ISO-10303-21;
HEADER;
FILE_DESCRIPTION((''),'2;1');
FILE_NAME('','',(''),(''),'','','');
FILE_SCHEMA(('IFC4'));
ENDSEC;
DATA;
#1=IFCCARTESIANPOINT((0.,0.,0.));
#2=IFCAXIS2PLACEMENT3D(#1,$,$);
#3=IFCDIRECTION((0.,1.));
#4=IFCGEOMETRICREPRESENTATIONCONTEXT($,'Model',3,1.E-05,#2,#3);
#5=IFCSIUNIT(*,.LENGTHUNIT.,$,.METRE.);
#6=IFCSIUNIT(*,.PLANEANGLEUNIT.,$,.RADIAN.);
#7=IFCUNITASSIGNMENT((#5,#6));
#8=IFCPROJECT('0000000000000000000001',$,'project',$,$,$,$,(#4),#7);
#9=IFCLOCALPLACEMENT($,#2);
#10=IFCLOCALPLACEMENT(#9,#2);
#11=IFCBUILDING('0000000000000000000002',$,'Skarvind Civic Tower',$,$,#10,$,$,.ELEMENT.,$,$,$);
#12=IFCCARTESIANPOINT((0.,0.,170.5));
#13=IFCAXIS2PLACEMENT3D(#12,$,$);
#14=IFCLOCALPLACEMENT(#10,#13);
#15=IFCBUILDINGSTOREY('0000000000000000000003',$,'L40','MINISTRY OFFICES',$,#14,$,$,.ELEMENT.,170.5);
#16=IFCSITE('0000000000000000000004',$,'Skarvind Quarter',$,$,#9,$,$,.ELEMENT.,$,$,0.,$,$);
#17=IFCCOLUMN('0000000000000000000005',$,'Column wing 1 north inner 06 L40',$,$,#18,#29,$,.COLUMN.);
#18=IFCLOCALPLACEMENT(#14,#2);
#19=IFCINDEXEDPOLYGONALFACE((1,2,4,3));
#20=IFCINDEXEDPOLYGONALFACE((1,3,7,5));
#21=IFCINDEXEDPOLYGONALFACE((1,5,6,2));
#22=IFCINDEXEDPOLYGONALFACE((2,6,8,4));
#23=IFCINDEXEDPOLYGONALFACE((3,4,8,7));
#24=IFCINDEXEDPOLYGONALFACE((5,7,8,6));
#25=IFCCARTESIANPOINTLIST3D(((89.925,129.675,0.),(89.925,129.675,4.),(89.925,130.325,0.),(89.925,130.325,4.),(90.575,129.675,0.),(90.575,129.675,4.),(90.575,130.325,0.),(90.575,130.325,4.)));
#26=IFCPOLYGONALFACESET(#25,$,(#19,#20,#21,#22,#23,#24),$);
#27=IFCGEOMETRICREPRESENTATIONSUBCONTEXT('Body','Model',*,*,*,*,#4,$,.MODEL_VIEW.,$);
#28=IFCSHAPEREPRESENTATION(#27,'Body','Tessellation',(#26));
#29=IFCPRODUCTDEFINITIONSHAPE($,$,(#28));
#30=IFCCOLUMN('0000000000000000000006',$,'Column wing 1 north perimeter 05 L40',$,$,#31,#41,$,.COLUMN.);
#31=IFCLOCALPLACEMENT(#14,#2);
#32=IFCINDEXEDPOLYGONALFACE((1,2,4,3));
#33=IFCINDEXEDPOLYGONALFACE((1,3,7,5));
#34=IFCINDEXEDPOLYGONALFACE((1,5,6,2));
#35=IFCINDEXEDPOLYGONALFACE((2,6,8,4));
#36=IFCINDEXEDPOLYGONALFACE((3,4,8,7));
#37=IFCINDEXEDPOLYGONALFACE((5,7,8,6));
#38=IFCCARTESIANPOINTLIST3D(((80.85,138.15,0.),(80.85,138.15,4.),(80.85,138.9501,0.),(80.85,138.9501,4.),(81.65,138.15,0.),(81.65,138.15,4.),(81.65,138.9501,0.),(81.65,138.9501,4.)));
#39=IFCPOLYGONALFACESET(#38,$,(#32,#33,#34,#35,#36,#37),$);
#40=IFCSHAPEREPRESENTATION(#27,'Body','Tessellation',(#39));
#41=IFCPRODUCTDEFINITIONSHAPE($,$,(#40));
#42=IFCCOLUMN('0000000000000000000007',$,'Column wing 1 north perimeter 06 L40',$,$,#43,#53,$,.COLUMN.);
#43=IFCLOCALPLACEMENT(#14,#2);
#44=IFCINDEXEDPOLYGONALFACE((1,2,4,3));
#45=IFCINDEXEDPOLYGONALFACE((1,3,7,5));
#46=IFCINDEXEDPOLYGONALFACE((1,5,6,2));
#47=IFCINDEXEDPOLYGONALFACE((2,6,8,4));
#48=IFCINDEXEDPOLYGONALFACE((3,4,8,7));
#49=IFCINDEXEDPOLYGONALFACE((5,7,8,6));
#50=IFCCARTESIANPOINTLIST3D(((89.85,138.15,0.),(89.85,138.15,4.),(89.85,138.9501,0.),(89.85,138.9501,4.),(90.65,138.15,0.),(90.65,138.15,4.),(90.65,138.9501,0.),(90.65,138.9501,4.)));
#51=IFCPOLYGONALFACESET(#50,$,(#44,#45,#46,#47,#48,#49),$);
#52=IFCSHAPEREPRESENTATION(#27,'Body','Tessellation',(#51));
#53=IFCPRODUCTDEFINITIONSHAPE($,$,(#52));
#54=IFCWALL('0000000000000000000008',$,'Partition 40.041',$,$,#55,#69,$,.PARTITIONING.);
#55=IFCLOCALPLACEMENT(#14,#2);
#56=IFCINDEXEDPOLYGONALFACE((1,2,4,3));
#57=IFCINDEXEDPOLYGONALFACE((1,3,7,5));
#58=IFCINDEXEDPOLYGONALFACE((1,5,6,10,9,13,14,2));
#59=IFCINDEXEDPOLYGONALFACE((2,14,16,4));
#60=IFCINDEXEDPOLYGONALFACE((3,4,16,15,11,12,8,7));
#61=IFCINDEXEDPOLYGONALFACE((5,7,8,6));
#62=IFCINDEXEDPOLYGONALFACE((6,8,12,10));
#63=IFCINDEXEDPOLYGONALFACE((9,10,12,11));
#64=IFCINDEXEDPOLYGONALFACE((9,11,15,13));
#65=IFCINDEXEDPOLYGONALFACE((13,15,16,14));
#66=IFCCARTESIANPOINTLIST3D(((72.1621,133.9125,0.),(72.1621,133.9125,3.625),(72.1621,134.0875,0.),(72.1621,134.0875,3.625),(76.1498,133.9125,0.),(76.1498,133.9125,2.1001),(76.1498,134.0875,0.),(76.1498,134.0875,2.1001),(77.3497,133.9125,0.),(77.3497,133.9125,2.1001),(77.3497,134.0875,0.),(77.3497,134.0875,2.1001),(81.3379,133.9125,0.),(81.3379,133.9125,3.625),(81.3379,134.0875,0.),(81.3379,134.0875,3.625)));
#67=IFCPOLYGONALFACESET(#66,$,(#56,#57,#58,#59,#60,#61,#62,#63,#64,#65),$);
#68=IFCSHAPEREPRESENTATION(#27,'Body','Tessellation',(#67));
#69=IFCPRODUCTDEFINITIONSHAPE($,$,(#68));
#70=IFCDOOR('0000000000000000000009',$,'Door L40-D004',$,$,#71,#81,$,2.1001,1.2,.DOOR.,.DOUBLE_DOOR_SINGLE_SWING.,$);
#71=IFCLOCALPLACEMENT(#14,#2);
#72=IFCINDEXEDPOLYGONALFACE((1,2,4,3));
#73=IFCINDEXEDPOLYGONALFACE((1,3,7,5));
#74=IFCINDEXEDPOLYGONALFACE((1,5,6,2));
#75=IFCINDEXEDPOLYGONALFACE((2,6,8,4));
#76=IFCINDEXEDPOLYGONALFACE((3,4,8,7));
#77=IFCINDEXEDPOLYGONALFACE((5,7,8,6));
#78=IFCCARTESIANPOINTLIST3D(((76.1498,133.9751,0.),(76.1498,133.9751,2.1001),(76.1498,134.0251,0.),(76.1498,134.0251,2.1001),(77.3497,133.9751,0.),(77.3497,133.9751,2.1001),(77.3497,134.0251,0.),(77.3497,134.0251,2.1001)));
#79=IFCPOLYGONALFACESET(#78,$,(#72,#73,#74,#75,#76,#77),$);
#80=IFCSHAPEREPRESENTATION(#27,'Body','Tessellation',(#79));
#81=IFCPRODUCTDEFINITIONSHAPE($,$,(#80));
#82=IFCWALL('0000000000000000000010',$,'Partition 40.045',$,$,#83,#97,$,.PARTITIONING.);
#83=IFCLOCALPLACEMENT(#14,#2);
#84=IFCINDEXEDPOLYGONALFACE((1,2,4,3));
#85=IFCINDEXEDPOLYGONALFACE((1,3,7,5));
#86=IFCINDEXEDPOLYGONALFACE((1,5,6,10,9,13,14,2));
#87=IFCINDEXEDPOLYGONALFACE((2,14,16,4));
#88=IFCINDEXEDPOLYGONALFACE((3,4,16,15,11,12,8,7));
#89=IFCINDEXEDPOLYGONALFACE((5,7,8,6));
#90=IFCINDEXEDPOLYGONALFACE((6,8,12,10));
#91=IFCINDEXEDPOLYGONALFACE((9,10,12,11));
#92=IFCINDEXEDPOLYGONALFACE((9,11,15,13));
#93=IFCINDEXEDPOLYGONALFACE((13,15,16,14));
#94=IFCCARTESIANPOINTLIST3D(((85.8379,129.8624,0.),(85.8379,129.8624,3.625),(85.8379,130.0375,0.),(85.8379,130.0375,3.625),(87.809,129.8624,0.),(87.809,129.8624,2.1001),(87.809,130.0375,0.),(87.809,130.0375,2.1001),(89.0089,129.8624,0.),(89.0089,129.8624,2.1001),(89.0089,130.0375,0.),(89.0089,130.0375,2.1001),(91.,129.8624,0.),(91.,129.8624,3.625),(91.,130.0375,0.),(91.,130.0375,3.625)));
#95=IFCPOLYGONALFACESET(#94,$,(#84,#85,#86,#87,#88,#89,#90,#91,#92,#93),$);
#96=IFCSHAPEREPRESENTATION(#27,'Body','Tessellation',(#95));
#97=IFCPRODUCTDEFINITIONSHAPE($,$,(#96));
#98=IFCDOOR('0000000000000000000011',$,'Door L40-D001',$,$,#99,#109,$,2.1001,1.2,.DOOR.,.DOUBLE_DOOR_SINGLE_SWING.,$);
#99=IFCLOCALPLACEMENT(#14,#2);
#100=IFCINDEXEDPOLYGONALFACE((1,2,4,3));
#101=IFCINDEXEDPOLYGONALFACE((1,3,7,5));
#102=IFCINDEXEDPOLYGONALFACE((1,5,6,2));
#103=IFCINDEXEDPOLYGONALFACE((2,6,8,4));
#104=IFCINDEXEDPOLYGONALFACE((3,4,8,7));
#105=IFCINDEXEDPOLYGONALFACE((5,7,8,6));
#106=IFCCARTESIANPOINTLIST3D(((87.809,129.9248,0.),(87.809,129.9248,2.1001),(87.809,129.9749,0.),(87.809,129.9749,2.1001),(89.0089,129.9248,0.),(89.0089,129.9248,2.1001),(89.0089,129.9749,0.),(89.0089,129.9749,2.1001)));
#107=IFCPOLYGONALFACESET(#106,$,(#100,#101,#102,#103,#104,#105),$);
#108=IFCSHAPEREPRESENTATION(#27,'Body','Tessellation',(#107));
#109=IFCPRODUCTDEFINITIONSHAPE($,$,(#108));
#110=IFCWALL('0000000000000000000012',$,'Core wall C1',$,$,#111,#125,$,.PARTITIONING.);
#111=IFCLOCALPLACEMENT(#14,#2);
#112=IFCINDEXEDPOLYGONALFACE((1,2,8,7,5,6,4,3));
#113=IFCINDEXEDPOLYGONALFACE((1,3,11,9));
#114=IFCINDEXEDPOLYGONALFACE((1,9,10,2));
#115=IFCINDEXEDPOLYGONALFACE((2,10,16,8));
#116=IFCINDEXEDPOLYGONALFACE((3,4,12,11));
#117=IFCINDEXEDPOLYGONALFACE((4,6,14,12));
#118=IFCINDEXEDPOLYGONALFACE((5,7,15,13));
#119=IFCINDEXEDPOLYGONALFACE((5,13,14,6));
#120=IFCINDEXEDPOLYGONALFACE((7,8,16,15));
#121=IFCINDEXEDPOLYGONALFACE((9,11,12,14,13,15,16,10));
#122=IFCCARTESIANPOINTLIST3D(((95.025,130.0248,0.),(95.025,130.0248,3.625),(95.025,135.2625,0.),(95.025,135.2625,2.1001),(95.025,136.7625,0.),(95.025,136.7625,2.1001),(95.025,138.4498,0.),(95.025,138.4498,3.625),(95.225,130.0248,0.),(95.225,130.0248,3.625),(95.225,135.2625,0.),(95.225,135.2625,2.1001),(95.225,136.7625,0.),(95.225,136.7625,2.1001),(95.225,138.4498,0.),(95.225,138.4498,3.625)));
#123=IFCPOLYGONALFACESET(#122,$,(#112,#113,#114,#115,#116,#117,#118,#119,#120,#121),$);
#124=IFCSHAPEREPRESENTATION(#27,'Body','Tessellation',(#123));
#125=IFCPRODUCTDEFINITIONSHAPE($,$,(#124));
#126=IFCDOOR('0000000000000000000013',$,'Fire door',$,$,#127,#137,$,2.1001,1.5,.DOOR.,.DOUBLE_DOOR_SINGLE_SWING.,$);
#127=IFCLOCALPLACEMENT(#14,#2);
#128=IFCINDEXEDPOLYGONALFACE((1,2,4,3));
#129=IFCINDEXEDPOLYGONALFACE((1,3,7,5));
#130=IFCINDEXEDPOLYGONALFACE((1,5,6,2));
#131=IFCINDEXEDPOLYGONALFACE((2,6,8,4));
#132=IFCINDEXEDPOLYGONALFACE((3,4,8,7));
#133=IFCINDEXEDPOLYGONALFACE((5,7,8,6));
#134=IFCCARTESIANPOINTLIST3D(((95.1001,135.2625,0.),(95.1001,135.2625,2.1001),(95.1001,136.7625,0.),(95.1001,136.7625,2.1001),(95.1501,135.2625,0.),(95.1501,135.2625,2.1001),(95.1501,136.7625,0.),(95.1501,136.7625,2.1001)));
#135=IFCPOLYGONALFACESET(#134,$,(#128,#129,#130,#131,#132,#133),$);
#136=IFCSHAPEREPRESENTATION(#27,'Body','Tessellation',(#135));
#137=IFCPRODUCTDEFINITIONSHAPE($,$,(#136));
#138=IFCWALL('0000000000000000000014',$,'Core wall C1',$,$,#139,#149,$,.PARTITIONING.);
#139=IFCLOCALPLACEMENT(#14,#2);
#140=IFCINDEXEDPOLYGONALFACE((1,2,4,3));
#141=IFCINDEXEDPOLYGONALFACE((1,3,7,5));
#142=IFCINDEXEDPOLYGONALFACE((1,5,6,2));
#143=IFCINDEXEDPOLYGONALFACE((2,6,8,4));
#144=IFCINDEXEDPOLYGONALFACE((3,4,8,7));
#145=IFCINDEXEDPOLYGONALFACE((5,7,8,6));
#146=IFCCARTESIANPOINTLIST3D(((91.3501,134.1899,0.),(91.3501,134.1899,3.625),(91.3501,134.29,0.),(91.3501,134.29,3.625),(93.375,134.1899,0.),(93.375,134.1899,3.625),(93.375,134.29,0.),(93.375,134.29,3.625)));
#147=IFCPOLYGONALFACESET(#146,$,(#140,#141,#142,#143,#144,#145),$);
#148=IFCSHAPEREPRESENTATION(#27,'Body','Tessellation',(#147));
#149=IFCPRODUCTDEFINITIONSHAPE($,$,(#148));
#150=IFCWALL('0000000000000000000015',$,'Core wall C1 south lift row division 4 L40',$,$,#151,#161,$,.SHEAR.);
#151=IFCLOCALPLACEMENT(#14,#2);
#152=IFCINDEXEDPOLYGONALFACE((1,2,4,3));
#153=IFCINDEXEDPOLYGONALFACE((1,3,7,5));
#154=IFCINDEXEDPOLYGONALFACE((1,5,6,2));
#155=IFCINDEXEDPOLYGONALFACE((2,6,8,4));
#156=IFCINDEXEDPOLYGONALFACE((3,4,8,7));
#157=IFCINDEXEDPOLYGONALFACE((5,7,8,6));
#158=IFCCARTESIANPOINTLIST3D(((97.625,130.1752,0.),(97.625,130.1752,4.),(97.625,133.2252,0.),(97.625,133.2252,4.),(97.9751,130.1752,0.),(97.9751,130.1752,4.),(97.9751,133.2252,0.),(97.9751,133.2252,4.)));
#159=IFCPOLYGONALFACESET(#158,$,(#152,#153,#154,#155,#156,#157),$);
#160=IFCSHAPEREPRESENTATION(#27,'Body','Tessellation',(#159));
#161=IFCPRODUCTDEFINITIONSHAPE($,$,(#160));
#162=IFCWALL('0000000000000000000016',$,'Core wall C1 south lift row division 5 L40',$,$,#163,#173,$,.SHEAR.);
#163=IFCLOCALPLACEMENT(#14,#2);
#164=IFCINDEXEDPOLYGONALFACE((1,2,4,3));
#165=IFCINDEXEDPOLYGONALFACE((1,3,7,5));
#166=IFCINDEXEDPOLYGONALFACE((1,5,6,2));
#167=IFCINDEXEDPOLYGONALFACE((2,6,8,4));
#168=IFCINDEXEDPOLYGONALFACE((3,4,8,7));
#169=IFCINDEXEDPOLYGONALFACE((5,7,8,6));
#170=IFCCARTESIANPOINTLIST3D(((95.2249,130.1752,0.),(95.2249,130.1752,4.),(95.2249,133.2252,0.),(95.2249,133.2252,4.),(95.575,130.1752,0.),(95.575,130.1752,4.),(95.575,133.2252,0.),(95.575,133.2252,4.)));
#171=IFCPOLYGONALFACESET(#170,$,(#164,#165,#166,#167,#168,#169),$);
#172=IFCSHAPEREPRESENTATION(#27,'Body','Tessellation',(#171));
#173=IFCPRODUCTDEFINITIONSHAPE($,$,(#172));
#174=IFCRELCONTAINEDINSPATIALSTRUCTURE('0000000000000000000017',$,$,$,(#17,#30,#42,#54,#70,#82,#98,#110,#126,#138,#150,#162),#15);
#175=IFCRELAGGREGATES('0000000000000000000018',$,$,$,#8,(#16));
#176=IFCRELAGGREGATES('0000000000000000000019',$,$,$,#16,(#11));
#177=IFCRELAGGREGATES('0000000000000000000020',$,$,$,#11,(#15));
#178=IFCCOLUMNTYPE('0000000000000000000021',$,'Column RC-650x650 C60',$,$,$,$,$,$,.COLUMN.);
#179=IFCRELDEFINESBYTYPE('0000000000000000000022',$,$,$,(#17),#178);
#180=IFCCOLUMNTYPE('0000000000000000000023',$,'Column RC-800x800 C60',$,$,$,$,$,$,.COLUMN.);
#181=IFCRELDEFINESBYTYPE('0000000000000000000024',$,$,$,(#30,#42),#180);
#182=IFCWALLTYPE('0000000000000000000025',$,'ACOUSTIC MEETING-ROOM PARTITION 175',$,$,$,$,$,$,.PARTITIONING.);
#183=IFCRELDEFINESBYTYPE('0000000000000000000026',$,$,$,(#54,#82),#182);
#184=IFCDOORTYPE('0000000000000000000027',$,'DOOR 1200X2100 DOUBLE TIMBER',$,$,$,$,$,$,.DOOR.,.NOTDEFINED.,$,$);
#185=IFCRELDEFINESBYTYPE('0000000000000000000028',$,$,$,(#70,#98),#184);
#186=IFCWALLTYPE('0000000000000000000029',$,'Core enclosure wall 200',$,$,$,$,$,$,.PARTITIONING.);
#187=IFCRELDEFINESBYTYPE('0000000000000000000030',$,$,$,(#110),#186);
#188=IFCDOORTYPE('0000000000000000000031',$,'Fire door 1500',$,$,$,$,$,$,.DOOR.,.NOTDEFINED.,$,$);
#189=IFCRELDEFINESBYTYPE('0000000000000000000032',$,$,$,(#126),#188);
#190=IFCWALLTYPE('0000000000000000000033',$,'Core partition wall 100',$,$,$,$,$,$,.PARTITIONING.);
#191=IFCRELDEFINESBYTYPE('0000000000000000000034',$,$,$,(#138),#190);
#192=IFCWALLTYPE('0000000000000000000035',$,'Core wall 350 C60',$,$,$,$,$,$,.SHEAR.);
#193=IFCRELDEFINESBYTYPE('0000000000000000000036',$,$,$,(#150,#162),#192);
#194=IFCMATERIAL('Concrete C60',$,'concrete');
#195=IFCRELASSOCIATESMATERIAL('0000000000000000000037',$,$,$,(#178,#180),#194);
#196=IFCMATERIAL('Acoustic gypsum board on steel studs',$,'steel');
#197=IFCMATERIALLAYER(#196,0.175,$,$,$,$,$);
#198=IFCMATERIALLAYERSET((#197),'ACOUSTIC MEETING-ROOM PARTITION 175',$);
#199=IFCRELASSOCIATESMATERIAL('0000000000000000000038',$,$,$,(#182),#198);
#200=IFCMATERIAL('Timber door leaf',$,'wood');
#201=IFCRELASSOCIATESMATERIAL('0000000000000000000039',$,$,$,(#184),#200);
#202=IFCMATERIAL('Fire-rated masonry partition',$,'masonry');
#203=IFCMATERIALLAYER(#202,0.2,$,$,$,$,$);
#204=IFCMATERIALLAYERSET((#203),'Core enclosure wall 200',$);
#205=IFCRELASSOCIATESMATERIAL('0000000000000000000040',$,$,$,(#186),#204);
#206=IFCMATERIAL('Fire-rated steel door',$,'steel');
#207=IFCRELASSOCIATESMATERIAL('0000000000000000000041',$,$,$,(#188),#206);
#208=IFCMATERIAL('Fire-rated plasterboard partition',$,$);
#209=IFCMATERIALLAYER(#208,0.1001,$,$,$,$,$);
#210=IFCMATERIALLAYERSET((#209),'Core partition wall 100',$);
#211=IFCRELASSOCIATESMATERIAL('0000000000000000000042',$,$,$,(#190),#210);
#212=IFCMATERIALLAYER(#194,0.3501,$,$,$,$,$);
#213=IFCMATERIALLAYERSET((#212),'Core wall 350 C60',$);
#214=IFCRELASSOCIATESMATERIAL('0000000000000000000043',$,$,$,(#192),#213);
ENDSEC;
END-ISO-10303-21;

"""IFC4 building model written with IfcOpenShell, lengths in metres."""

from ifc_helpers import new_model, si_unit, direction, frame, frame_2d, origin, origin_2d, place, context, subcontext, project, spatial, rectangle, extrude, material, layer, layer_set, material_profile, profile_set, type_object, element, fill, save


model = new_model("IFC4")

# Units and contexts
model_context = context("Model", 3, precision=1e-05, world=origin(), true_north=direction((0.0, 1.0)))
body_context = subcontext(model_context, "Body", "Model", "MODEL_VIEW")
ifc_project = project(units=[si_unit("LENGTHUNIT", "METRE"), si_unit("PLANEANGLEUNIT", "RADIAN")], contexts=[model_context])

# Site, building, storey
site_placement = place(None, origin())
site = spatial("IfcSite", under=ifc_project, at=site_placement, Name="Skarvind Quarter", CompositionType="ELEMENT", RefElevation=0.0)
building_placement = place(site_placement, origin())
building = spatial("IfcBuilding", under=site, at=building_placement, Name="Skarvind Civic Tower", CompositionType="ELEMENT")
storey_placement = place(building_placement, frame((0.0, 0.0, 170.5)))
storey = spatial("IfcBuildingStorey", under=building, at=storey_placement, Name="L40", Description="MINISTRY OFFICES", CompositionType="ELEMENT", Elevation=170.5)

# Columns
ifc_material_1 = material(Name="Concrete C60", Category="concrete")
ifc_material_profile_1 = material_profile(ifc_material_1, rectangle(XDim=0.6499, YDim=0.6499, at=origin_2d()), Name="RC-650x650")
ifc_profile_set_1 = profile_set([ifc_material_profile_1], Name="Concrete C60")
column_type_1 = type_object("IfcColumnType", Name="Column RC-650x650 C60", PredefinedType="COLUMN", material=ifc_profile_set_1)
column_placement = place(storey_placement, frame((90.25, 130.0, 0.0), z_axis=(0.0, 0.0, 1.0), x_axis=(1.0, 0.0, 0.0)))
element("IfcColumn", 1, at=column_placement, inside=storey, type_object=column_type_1, Name="Column wing 1 north inner 06 L40", PredefinedType="COLUMN", context=body_context, shape_type="SweptSolid", body=[
    extrude(rectangle(XDim=0.6499, YDim=0.6499, at=origin_2d()), origin(), (0.0, 0.0, 1.0), 4.0),
])
ifc_material_profile_2 = material_profile(ifc_material_1, rectangle(XDim=0.8, YDim=0.8, at=origin_2d()), Name="RC-800x800")
ifc_profile_set_2 = profile_set([ifc_material_profile_2], Name="Concrete C60")
column_type_2 = type_object("IfcColumnType", Name="Column RC-800x800 C60", PredefinedType="COLUMN", material=ifc_profile_set_2)
for number, where, z_axis, x_axis, name in (
    (2, (81.25, 138.55, 0.0), (0.0, 0.0, 1.0), (1.0, 0.0, 0.0), "Column wing 1 north perimeter 05 L40"),
    (3, (90.25, 138.55, 0.0), (0.0, 0.0, 1.0), (1.0, 0.0, 0.0), "Column wing 1 north perimeter 06 L40"),
):
    element("IfcColumn", number, at=place(storey_placement, frame(where, z_axis=z_axis, x_axis=x_axis)), inside=storey, type_object=column_type_2, Name=name, PredefinedType="COLUMN", context=body_context, shape_type="SweptSolid", body=[
        extrude(rectangle(XDim=0.8, YDim=0.8, at=origin_2d()), origin(), (0.0, 0.0, 1.0), 4.0),
    ])

# Walls, openings, doors
ifc_material_2 = material(Name="Acoustic gypsum board on steel studs", Category="steel")
ifc_layer_1 = layer(ifc_material_2, 0.175)
ifc_layer_set_1 = layer_set([ifc_layer_1], Name="ACOUSTIC MEETING-ROOM PARTITION 175")
wall_type_1 = type_object("IfcWallType", Name="ACOUSTIC MEETING-ROOM PARTITION 175", PredefinedType="PARTITIONING", material=ifc_layer_set_1)
wall_1_placement = place(storey_placement, frame((81.3379, 134.0, 0.0), z_axis=(0.0, 0.0, 1.0), x_axis=(-1.0, 0.0, 0.0)))
wall_1 = element("IfcWall", 4, at=wall_1_placement, inside=storey, type_object=wall_type_1, Name="Partition 40.041", PredefinedType="PARTITIONING", context=body_context, shape_type="SweptSolid", body=[
    extrude(rectangle(XDim=9.1758, YDim=0.175, at=frame_2d((4.5879, 0.0))), origin(), (0.0, 0.0, 1.0), 3.625),
])
opening_1_placement = place(wall_1_placement, frame((3.988, 0.0, 0.0)))
opening_1 = element("IfcOpeningElement", 5, at=opening_1_placement, cuts=wall_1, PredefinedType="OPENING", context=body_context, shape_type="SweptSolid", body=[
    extrude(rectangle(XDim=1.2, YDim=2.1001, at=frame_2d((0.6001, 1.05))), frame((0.0, 0.0974, 0.0), z_axis=(0.0, -1.0, 0.0), x_axis=(1.0, 0.0, 0.0)), (0.0, 0.0, 1.0), 0.1951),
])
ifc_material_3 = material(Name="Timber door leaf", Category="wood")
door_type_1 = type_object("IfcDoorType", Name="DOOR 1200X2100 DOUBLE TIMBER", OperationType="NOTDEFINED", PredefinedType="DOOR", material=ifc_material_3)
door_1_placement = place(opening_1_placement, origin())
door_1 = element("IfcDoor", 6, at=door_1_placement, inside=storey, type_object=door_type_1, Name="Door L40-D004", OperationType="DOUBLE_DOOR_SINGLE_SWING", OverallHeight=2.1001, OverallWidth=1.2, PredefinedType="DOOR", context=body_context, shape_type="SweptSolid", body=[
    extrude(rectangle(XDim=1.2, YDim=2.1001, at=frame_2d((0.6001, 1.05))), frame((0.0, 0.0249, 0.0), z_axis=(0.0, -1.0, 0.0), x_axis=(1.0, 0.0, 0.0)), (0.0, 0.0, 1.0), 0.05),
])
fill(opening_1, door_1)
wall_2_placement = place(storey_placement, frame((85.8379, 129.95, 0.0), z_axis=(0.0, 0.0, 1.0), x_axis=(1.0, 0.0, 0.0)))
wall_2 = element("IfcWall", 7, at=wall_2_placement, inside=storey, type_object=wall_type_1, Name="Partition 40.045", PredefinedType="PARTITIONING", context=body_context, shape_type="SweptSolid", body=[
    extrude(rectangle(XDim=5.1621, YDim=0.175, at=frame_2d((2.5811, 0.0))), origin(), (0.0, 0.0, 1.0), 3.625),
])
opening_2_placement = place(wall_2_placement, frame((1.9709, 0.0, 0.0)))
opening_2 = element("IfcOpeningElement", 8, at=opening_2_placement, cuts=wall_2, PredefinedType="OPENING", context=body_context, shape_type="SweptSolid", body=[
    extrude(rectangle(XDim=1.2, YDim=2.1001, at=frame_2d((0.6001, 1.05))), frame((0.0, 0.0974, 0.0), z_axis=(0.0, -1.0, 0.0), x_axis=(1.0, 0.0, 0.0)), (0.0, 0.0, 1.0), 0.1951),
])
door_2_placement = place(opening_2_placement, origin())
door_2 = element("IfcDoor", 9, at=door_2_placement, inside=storey, type_object=door_type_1, Name="Door L40-D001", OperationType="DOUBLE_DOOR_SINGLE_SWING", OverallHeight=2.1001, OverallWidth=1.2, PredefinedType="DOOR", context=body_context, shape_type="SweptSolid", body=[
    extrude(rectangle(XDim=1.2, YDim=2.1001, at=frame_2d((0.6001, 1.05))), frame((0.0, 0.0249, 0.0), z_axis=(0.0, -1.0, 0.0), x_axis=(1.0, 0.0, 0.0)), (0.0, 0.0, 1.0), 0.05),
])
fill(opening_2, door_2)
ifc_material_4 = material(Name="Fire-rated masonry partition", Category="masonry")
ifc_layer_2 = layer(ifc_material_4, 0.2)
ifc_layer_set_2 = layer_set([ifc_layer_2], Name="Core enclosure wall 200")
wall_type_2 = type_object("IfcWallType", Name="Core enclosure wall 200", PredefinedType="PARTITIONING", material=ifc_layer_set_2)
wall_3_placement = place(storey_placement, frame((95.125, 130.0249, 0.0), z_axis=(0.0, 0.0, 1.0), x_axis=(0.0, 1.0, 0.0)))
wall_3 = element("IfcWall", 10, at=wall_3_placement, inside=storey, type_object=wall_type_2, Name="Core wall C1", PredefinedType="PARTITIONING", context=body_context, shape_type="SweptSolid", body=[
    extrude(rectangle(XDim=8.425, YDim=0.2, at=frame_2d((4.2124, 0.0))), origin(), (0.0, 0.0, 1.0), 3.625),
])
opening_3_placement = place(wall_3_placement, frame((5.2375, 0.0, 0.0)))
opening_3 = element("IfcOpeningElement", 11, at=opening_3_placement, cuts=wall_3, PredefinedType="OPENING", context=body_context, shape_type="SweptSolid", body=[
    extrude(rectangle(XDim=1.5, YDim=2.1001, at=frame_2d((0.75, 1.05))), frame((0.0, 0.1099, 0.0), z_axis=(0.0, -1.0, 0.0), x_axis=(1.0, 0.0, 0.0)), (0.0, 0.0, 1.0), 0.22),
])
ifc_material_5 = material(Name="Fire-rated steel door", Category="steel")
door_type_2 = type_object("IfcDoorType", Name="Fire door 1500", OperationType="NOTDEFINED", PredefinedType="DOOR", material=ifc_material_5)
door_3_placement = place(opening_3_placement, origin())
door_3 = element("IfcDoor", 12, at=door_3_placement, inside=storey, type_object=door_type_2, Name="Fire door", OperationType="DOUBLE_DOOR_SINGLE_SWING", OverallHeight=2.1001, OverallWidth=1.5, PredefinedType="DOOR", context=body_context, shape_type="SweptSolid", body=[
    extrude(rectangle(XDim=1.5, YDim=2.1001, at=frame_2d((0.75, 1.05))), frame((0.0, 0.0249, 0.0), z_axis=(0.0, -1.0, 0.0), x_axis=(1.0, 0.0, 0.0)), (0.0, 0.0, 1.0), 0.05),
])
fill(opening_3, door_3)

# Walls
ifc_material_6 = material(Name="Fire-rated plasterboard partition")
ifc_layer_3 = layer(ifc_material_6, 0.1001)
ifc_layer_set_3 = layer_set([ifc_layer_3], Name="Core partition wall 100")
wall_type_3 = type_object("IfcWallType", Name="Core partition wall 100", PredefinedType="PARTITIONING", material=ifc_layer_set_3)
wall_4_placement = place(storey_placement, frame((91.3501, 134.24, 0.0), z_axis=(0.0, 0.0, 1.0), x_axis=(1.0, 0.0, 0.0)))
element("IfcWall", 13, at=wall_4_placement, inside=storey, type_object=wall_type_3, Name="Core wall C1", PredefinedType="PARTITIONING", context=body_context, shape_type="SweptSolid", body=[
    extrude(rectangle(XDim=2.0249, YDim=0.1001, at=frame_2d((1.0125, 0.0))), origin(), (0.0, 0.0, 1.0), 3.625),
])
ifc_layer_4 = layer(ifc_material_1, 0.3501)
ifc_layer_set_4 = layer_set([ifc_layer_4], Name="Core wall 350 C60")
wall_type_4 = type_object("IfcWallType", Name="Core wall 350 C60", PredefinedType="SHEAR", material=ifc_layer_set_4)
for number, where, z_axis, x_axis, name in (
    (14, (97.8, 133.2251, 0.0), (0.0, 0.0, 1.0), (0.0, -1.0, 0.0), "Core wall C1 south lift row division 4 L40"),
    (15, (95.3999, 133.2251, 0.0), (0.0, 0.0, 1.0), (0.0, -1.0, 0.0), "Core wall C1 south lift row division 5 L40"),
):
    element("IfcWall", number, at=place(storey_placement, frame(where, z_axis=z_axis, x_axis=x_axis)), inside=storey, type_object=wall_type_4, Name=name, PredefinedType="SHEAR", context=body_context, shape_type="SweptSolid", body=[
        extrude(rectangle(XDim=3.05, YDim=0.3501, at=frame_2d((1.5249, 0.0))), origin(), (0.0, 0.0, 1.0), 4.0),
    ])

save(model, "model.ifc")
